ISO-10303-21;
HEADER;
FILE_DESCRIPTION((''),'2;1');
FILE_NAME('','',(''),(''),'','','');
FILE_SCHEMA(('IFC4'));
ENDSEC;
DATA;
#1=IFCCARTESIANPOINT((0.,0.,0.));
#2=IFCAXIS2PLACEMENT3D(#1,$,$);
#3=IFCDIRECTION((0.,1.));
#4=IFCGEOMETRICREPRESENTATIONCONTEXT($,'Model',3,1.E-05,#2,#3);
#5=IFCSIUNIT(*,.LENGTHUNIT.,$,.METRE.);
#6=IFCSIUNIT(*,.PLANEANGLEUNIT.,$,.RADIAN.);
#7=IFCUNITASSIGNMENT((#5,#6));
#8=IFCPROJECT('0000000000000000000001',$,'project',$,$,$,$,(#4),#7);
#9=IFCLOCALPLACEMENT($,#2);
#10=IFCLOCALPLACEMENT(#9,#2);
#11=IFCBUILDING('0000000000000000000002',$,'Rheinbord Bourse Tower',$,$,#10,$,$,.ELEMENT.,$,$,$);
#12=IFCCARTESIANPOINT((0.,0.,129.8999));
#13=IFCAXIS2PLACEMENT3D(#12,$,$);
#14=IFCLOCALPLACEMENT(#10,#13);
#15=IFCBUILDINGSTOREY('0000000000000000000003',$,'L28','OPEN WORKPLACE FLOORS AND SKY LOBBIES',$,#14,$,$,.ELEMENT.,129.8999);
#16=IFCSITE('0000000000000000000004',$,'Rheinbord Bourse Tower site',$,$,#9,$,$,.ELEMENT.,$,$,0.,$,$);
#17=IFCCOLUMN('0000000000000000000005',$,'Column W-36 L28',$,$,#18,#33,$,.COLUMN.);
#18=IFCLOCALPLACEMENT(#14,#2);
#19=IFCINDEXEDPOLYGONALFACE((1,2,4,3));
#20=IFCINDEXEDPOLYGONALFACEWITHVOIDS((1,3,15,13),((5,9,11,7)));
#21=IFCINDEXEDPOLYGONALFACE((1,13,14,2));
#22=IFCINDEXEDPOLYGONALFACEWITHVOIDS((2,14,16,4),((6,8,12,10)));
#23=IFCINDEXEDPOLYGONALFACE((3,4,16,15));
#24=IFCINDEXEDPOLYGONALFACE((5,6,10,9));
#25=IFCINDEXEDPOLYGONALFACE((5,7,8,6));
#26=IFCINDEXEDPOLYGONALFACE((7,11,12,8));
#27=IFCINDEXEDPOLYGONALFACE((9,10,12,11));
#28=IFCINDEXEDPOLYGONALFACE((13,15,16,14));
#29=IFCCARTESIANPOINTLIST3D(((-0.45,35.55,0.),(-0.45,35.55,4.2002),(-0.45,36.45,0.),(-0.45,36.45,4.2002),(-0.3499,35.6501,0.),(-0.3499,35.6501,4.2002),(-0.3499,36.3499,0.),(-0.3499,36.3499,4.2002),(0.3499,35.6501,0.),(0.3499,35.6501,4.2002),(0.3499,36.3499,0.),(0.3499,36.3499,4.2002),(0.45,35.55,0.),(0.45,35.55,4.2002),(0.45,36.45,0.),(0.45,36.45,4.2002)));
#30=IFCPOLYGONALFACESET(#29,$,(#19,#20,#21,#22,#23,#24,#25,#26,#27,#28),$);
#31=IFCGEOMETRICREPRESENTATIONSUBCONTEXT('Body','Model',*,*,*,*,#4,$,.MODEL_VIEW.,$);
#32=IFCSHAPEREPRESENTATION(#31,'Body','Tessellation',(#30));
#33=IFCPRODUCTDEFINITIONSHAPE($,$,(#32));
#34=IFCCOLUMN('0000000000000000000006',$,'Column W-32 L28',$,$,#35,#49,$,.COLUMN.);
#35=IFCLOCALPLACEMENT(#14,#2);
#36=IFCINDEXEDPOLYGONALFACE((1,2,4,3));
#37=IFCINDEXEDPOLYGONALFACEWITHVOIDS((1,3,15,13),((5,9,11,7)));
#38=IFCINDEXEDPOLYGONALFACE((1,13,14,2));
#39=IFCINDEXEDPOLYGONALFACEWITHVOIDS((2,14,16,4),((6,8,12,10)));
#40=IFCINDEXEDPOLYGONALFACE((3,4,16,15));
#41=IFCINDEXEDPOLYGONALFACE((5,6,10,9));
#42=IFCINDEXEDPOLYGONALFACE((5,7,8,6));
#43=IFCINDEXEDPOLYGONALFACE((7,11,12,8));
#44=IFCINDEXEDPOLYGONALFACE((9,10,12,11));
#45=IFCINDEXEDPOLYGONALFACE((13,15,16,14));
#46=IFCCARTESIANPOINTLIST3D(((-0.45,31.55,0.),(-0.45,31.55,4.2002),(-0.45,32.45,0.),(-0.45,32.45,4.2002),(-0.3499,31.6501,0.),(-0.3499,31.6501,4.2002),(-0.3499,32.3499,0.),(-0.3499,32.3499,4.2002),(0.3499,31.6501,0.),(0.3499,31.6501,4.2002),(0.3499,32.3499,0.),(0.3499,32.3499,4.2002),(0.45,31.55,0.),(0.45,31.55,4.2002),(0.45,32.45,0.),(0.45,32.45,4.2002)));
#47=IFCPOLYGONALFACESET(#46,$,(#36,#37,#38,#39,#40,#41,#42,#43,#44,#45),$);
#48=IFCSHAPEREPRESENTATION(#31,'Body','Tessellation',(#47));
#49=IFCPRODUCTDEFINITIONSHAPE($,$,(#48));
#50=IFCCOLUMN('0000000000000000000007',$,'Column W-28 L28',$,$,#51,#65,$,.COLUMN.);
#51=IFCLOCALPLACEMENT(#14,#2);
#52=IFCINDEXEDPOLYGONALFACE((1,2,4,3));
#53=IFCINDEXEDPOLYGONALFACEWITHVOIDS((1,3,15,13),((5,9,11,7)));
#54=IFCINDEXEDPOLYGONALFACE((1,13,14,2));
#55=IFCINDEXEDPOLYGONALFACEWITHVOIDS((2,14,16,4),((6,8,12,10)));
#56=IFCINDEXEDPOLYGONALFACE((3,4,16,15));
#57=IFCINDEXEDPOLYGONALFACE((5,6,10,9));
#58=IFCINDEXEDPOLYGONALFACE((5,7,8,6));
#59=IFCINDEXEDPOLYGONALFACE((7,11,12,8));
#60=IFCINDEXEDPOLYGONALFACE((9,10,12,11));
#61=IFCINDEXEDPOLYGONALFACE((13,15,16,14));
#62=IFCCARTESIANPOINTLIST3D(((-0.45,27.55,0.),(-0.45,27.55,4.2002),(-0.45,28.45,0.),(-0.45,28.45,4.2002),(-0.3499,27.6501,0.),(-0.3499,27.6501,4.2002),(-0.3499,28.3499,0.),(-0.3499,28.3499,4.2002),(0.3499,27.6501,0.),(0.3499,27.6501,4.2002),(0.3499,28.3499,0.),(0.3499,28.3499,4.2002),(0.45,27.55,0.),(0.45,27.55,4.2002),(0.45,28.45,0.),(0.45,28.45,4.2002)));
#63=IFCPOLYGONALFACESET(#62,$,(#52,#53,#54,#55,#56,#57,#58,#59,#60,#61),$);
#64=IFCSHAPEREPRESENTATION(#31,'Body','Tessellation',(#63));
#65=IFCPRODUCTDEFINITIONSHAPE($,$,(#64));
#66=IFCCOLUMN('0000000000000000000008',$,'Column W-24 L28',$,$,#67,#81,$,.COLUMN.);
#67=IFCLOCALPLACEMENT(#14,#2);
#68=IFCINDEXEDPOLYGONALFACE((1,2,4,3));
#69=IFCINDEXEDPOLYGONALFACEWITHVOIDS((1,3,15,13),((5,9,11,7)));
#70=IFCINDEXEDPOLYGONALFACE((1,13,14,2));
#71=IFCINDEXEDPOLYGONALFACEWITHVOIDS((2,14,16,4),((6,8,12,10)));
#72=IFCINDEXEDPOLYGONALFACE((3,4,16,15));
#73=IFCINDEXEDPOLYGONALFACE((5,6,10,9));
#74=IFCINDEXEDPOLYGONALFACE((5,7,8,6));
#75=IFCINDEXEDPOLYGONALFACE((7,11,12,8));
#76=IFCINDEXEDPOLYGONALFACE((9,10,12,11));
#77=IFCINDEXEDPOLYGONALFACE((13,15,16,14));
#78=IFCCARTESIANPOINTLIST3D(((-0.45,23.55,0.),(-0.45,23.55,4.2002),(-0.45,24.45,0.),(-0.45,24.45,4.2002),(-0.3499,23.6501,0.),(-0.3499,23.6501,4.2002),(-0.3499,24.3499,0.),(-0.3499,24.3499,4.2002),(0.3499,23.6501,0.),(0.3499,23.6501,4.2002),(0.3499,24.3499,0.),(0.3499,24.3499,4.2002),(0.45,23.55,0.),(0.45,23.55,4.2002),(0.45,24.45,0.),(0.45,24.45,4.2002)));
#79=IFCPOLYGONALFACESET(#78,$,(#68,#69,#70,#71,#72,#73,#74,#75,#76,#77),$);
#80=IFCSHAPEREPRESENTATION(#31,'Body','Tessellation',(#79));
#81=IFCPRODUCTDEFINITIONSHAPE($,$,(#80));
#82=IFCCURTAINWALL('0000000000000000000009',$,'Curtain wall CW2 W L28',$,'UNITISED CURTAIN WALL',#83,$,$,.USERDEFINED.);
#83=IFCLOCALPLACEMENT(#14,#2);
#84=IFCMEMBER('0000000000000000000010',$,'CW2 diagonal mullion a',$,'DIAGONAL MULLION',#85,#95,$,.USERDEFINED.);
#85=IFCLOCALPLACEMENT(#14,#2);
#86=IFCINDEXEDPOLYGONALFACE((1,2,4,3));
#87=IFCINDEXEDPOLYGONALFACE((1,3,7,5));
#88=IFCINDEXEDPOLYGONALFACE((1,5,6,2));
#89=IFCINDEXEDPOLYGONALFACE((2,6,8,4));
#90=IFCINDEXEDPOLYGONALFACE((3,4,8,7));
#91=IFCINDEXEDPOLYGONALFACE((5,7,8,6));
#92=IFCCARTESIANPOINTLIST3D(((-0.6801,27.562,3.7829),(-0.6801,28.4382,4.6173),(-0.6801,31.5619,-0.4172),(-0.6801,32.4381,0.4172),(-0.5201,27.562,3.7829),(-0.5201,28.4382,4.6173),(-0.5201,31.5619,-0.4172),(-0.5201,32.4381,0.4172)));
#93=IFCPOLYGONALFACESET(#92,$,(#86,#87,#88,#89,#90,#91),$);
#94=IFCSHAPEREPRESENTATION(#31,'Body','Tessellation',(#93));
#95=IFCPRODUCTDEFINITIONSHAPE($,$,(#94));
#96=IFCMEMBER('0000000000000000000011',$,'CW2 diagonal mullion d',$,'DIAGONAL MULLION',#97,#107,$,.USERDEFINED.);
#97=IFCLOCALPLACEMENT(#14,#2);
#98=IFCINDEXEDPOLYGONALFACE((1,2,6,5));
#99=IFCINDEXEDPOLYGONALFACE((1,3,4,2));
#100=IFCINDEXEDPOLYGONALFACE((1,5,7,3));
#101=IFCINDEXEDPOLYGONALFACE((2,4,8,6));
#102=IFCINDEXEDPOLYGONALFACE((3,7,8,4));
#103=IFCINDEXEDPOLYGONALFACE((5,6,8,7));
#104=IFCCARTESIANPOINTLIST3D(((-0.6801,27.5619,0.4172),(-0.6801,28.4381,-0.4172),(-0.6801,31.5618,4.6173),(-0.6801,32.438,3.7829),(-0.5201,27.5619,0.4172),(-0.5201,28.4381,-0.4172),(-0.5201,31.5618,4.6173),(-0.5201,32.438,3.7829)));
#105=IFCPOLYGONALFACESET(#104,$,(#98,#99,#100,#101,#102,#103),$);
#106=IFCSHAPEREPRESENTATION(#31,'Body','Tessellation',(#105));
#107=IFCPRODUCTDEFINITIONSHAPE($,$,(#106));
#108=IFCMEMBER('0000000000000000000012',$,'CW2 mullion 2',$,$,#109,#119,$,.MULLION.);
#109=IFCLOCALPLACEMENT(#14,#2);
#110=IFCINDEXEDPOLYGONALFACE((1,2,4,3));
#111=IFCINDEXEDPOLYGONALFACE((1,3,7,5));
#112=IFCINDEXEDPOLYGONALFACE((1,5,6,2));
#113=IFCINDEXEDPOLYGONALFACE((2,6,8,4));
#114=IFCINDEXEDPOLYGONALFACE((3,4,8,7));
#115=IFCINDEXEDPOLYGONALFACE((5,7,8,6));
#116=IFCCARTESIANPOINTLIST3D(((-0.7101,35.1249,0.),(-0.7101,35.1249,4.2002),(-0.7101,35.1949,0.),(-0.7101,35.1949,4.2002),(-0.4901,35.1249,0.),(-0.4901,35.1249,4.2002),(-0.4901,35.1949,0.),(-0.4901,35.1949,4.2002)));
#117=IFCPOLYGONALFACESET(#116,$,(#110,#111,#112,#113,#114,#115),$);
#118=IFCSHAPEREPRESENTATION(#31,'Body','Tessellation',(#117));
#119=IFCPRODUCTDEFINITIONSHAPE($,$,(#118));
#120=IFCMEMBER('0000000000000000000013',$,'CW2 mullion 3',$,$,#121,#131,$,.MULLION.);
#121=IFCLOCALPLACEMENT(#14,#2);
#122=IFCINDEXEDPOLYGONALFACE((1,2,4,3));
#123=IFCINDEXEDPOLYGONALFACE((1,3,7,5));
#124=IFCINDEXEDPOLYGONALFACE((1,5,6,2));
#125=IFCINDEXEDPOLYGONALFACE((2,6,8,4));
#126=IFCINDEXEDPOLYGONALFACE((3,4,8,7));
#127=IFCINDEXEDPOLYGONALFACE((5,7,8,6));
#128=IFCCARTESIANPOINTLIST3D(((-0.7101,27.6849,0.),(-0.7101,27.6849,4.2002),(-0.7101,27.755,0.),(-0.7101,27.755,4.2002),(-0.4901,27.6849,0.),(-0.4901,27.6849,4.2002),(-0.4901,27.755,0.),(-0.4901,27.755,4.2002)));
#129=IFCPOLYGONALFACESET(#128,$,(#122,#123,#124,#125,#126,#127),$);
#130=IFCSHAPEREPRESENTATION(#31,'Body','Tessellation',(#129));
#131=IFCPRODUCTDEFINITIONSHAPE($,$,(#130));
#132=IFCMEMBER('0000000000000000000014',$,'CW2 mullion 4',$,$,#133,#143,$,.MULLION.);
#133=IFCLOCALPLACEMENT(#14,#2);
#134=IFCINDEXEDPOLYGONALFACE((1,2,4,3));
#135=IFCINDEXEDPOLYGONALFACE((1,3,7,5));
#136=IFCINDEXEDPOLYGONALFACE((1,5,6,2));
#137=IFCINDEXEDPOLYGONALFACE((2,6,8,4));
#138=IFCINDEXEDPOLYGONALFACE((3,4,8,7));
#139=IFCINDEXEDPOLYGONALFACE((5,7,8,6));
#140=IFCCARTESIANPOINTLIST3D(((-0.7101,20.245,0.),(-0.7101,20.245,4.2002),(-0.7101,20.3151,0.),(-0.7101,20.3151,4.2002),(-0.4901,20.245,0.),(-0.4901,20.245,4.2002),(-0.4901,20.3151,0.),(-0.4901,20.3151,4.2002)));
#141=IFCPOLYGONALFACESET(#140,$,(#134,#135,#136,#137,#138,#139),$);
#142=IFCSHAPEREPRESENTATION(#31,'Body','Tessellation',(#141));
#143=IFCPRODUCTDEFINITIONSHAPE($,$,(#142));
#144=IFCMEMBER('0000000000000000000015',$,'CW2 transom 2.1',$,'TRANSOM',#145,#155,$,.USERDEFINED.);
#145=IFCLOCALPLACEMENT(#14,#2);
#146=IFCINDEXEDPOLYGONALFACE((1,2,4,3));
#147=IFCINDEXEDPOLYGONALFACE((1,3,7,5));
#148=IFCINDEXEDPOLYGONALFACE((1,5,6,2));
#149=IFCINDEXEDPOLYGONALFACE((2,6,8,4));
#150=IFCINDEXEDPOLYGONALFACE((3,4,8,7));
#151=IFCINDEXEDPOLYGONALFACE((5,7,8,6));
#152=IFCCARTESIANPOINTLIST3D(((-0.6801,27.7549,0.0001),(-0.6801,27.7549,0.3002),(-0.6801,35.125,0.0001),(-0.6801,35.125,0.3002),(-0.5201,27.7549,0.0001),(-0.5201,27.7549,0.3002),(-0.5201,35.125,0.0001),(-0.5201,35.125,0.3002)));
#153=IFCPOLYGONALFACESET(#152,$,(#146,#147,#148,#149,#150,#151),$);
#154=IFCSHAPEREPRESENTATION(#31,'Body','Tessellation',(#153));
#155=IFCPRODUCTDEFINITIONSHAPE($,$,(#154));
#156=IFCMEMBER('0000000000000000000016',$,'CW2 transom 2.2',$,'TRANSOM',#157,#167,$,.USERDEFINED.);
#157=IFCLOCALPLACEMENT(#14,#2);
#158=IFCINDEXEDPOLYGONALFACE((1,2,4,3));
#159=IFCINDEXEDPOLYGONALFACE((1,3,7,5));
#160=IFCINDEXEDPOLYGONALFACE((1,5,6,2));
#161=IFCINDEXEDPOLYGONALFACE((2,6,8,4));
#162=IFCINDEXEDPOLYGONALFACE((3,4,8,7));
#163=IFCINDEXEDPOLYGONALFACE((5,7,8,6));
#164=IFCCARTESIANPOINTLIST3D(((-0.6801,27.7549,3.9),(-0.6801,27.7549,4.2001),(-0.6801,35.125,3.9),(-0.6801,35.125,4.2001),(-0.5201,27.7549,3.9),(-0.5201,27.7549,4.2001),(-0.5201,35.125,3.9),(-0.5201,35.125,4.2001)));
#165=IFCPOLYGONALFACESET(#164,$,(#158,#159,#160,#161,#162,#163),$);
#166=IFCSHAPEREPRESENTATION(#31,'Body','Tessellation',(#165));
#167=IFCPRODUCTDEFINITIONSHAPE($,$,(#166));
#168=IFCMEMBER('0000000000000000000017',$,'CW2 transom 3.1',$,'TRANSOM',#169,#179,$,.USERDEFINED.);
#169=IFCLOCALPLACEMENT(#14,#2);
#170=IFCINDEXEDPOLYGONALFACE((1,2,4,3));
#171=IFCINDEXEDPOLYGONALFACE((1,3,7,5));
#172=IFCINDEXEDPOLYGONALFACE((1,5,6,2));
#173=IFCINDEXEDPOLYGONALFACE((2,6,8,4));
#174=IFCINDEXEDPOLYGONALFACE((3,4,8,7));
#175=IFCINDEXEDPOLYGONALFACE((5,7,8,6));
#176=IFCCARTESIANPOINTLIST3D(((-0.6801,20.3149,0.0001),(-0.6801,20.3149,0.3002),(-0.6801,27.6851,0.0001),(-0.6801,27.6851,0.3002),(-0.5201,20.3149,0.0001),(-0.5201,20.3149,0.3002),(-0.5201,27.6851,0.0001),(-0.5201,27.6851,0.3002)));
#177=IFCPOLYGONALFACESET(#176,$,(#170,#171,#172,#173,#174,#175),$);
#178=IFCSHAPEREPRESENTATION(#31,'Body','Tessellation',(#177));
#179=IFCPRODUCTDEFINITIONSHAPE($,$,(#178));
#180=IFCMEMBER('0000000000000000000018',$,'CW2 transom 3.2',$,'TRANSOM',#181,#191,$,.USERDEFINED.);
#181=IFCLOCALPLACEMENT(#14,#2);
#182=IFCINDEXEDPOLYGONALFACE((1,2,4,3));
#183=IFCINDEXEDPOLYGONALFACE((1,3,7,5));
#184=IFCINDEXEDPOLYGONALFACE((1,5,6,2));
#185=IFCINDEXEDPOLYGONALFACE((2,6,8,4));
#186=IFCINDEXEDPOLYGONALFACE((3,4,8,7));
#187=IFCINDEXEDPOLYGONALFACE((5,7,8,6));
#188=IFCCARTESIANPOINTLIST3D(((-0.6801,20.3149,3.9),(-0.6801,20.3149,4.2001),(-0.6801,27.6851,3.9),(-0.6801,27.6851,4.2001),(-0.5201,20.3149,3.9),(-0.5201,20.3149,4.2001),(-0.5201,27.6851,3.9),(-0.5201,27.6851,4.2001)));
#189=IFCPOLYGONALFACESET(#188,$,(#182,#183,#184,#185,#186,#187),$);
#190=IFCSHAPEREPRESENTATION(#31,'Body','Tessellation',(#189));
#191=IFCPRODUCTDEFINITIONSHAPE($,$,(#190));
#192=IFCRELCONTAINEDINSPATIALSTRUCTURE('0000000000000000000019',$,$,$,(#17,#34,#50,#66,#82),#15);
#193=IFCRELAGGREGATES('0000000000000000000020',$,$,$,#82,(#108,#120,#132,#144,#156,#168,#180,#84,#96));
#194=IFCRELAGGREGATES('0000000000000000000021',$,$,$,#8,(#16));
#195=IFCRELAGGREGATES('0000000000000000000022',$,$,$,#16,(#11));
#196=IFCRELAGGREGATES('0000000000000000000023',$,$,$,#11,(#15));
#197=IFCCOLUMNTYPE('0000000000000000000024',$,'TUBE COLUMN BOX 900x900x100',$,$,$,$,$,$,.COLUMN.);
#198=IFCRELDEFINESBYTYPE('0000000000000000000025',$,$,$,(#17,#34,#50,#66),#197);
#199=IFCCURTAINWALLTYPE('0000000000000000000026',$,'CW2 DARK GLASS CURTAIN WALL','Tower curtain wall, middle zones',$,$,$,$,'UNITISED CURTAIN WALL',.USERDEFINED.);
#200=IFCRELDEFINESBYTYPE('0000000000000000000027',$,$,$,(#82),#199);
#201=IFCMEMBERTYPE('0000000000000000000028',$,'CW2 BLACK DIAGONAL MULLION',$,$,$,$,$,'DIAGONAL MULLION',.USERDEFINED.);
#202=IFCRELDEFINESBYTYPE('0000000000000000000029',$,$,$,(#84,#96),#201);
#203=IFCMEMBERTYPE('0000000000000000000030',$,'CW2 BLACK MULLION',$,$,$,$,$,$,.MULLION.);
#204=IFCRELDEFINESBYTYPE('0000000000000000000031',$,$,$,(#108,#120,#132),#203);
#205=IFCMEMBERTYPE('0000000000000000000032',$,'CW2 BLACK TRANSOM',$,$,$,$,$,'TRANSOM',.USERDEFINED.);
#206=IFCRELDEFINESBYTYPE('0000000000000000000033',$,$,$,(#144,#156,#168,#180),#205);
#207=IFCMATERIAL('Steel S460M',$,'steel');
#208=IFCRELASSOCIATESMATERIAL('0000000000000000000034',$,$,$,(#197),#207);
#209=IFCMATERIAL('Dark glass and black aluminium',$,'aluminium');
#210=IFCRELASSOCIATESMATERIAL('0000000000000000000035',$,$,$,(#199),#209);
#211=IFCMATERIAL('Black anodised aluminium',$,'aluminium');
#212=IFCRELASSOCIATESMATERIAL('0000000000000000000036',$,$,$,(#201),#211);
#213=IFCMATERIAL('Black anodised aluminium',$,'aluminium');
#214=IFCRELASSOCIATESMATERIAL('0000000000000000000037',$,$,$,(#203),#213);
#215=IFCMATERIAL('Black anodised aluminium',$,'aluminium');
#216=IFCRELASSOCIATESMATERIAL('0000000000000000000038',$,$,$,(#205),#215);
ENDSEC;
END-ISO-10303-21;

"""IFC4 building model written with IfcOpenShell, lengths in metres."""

from ifc_helpers import new_model, si_unit, direction, frame, origin, origin_2d, place, context, subcontext, project, spatial, rectangle, hollow_rectangle, extrude, material, material_profile, profile_set, type_object, element, aggregate, save


model = new_model("IFC4")

# Units and contexts
model_context = context("Model", 3, precision=1e-05, world=origin(), true_north=direction((0.0, 1.0)))
body_context = subcontext(model_context, "Body", "Model", "MODEL_VIEW")
ifc_project = project(units=[si_unit("LENGTHUNIT", "METRE"), si_unit("PLANEANGLEUNIT", "RADIAN")], contexts=[model_context])

# Site, building, storey
site_placement = place(None, origin())
site = spatial("IfcSite", under=ifc_project, at=site_placement, Name="Rheinbord Bourse Tower site", CompositionType="ELEMENT", RefElevation=0.0)
building_placement = place(site_placement, origin())
building = spatial("IfcBuilding", under=site, at=building_placement, Name="Rheinbord Bourse Tower", CompositionType="ELEMENT")
storey_placement = place(building_placement, frame((0.0, 0.0, 129.8999)))
storey = spatial("IfcBuildingStorey", under=building, at=storey_placement, Name="L28", Description="OPEN WORKPLACE FLOORS AND SKY LOBBIES", CompositionType="ELEMENT", Elevation=129.8999)

# Columns
ifc_material_1 = material(Name="Steel S460M", Category="steel")
ifc_material_profile_1 = material_profile(ifc_material_1, hollow_rectangle(XDim=0.8999, YDim=0.8999, WallThickness=0.1001, at=origin_2d()), Name="BOX 900x900x100")
ifc_profile_set_1 = profile_set([ifc_material_profile_1], Name="Steel S460M")
column_type = type_object("IfcColumnType", Name="TUBE COLUMN BOX 900x900x100", PredefinedType="COLUMN", material=ifc_profile_set_1)
for number, where, z_axis, x_axis, name in (
    (1, (0.0, 36.0, 0.0), (0.0, 0.0, 1.0), (1.0, 0.0, 0.0), "Column W-36 L28"),
    (2, (0.0, 32.0, 0.0), (0.0, 0.0, 1.0), (1.0, 0.0, 0.0), "Column W-32 L28"),
    (3, (0.0, 28.0, 0.0), (0.0, 0.0, 1.0), (1.0, 0.0, 0.0), "Column W-28 L28"),
    (4, (0.0, 24.0, 0.0), (0.0, 0.0, 1.0), (1.0, 0.0, 0.0), "Column W-24 L28"),
):
    element("IfcColumn", number, at=place(storey_placement, frame(where, z_axis=z_axis, x_axis=x_axis)), inside=storey, type_object=column_type, Name=name, PredefinedType="COLUMN", context=body_context, shape_type="SweptSolid", body=[
        extrude(hollow_rectangle(XDim=0.8999, YDim=0.8999, WallThickness=0.1001, at=origin_2d()), origin(), (0.0, 0.0, 1.0), 4.2002),
    ])

# Curtain wall, members
ifc_material_2 = material(Name="Dark glass and black aluminium", Category="aluminium")
curtain_wall_type = type_object("IfcCurtainWallType", Name="CW2 DARK GLASS CURTAIN WALL", Description="Tower curtain wall, middle zones", ElementType="UNITISED CURTAIN WALL", PredefinedType="USERDEFINED", material=ifc_material_2)
curtain_wall_placement = place(storey_placement, origin())
curtain_wall = element("IfcCurtainWall", 5, at=curtain_wall_placement, inside=storey, type_object=curtain_wall_type, Name="Curtain wall CW2 W L28", ObjectType="UNITISED CURTAIN WALL", PredefinedType="USERDEFINED")
ifc_material_3 = material(Name="Black anodised aluminium", Category="aluminium")
ifc_material_profile_2 = material_profile(ifc_material_3, rectangle(XDim=0.1599, YDim=1.21, at=origin_2d()), Name="CW2 DIAGONAL MULLION 1210x160")
ifc_profile_set_2 = profile_set([ifc_material_profile_2], Name="Black anodised aluminium")
member_type_1 = type_object("IfcMemberType", Name="CW2 BLACK DIAGONAL MULLION", ElementType="DIAGONAL MULLION", PredefinedType="USERDEFINED", material=ifc_profile_set_2)
member_1_placement = place(storey_placement, frame((-0.6001, 32.0, 0.0), z_axis=(0.0, -0.689638, 0.724154), x_axis=(1.0, 0.0, 0.0)))
member_1 = element("IfcMember", 6, at=member_1_placement, type_object=member_type_1, Name="CW2 diagonal mullion a", ObjectType="DIAGONAL MULLION", PredefinedType="USERDEFINED", context=body_context, shape_type="SweptSolid", body=[
    extrude(rectangle(XDim=0.1599, YDim=1.21, at=origin_2d()), origin(), (0.0, 0.0, 1.0), 5.8),
])
member_2_placement = place(storey_placement, frame((-0.6001, 28.0, 0.0), z_axis=(0.0, 0.689638, 0.724154), x_axis=(-1.0, 0.0, 0.0)))
member_2 = element("IfcMember", 7, at=member_2_placement, type_object=member_type_1, Name="CW2 diagonal mullion d", ObjectType="DIAGONAL MULLION", PredefinedType="USERDEFINED", context=body_context, shape_type="SweptSolid", body=[
    extrude(rectangle(XDim=0.1599, YDim=1.21, at=origin_2d()), origin(), (0.0, 0.0, 1.0), 5.8),
])
ifc_material_4 = material(Name="Black anodised aluminium", Category="aluminium")
ifc_material_profile_3 = material_profile(ifc_material_4, rectangle(XDim=0.22, YDim=0.0701, at=origin_2d()), Name="CW2 MULLION 70x220")
ifc_profile_set_3 = profile_set([ifc_material_profile_3], Name="Black anodised aluminium")
member_type_2 = type_object("IfcMemberType", Name="CW2 BLACK MULLION", PredefinedType="MULLION", material=ifc_profile_set_3)
member_3_placement = place(storey_placement, frame((-0.6001, 35.1599, 0.0), z_axis=(0.0, 0.0, 1.0), x_axis=(1.0, 0.0, 0.0)))
member_3 = element("IfcMember", 8, at=member_3_placement, type_object=member_type_2, Name="CW2 mullion 2", PredefinedType="MULLION", context=body_context, shape_type="SweptSolid", body=[
    extrude(rectangle(XDim=0.22, YDim=0.0701, at=origin_2d()), origin(), (0.0, 0.0, 1.0), 4.2002),
])
member_4_placement = place(storey_placement, frame((-0.6001, 27.72, 0.0), z_axis=(0.0, 0.0, 1.0), x_axis=(1.0, 0.0, 0.0)))
member_4 = element("IfcMember", 9, at=member_4_placement, type_object=member_type_2, Name="CW2 mullion 3", PredefinedType="MULLION", context=body_context, shape_type="SweptSolid", body=[
    extrude(rectangle(XDim=0.22, YDim=0.0701, at=origin_2d()), origin(), (0.0, 0.0, 1.0), 4.2002),
])
member_5_placement = place(storey_placement, frame((-0.6001, 20.28, 0.0), z_axis=(0.0, 0.0, 1.0), x_axis=(1.0, 0.0, 0.0)))
member_5 = element("IfcMember", 10, at=member_5_placement, type_object=member_type_2, Name="CW2 mullion 4", PredefinedType="MULLION", context=body_context, shape_type="SweptSolid", body=[
    extrude(rectangle(XDim=0.22, YDim=0.0701, at=origin_2d()), origin(), (0.0, 0.0, 1.0), 4.2002),
])
ifc_material_5 = material(Name="Black anodised aluminium", Category="aluminium")
ifc_material_profile_4 = material_profile(ifc_material_5, rectangle(XDim=0.1599, YDim=0.3, at=origin_2d()), Name="CW2 TRANSOM 300x160")
ifc_profile_set_4 = profile_set([ifc_material_profile_4], Name="Black anodised aluminium")
member_type_3 = type_object("IfcMemberType", Name="CW2 BLACK TRANSOM", ElementType="TRANSOM", PredefinedType="USERDEFINED", material=ifc_profile_set_4)
member_6_placement = place(storey_placement, frame((-0.6001, 35.125, 0.1501), z_axis=(0.0, -1.0, 0.0), x_axis=(1.0, 0.0, 0.0)))
member_6 = element("IfcMember", 11, at=member_6_placement, type_object=member_type_3, Name="CW2 transom 2.1", ObjectType="TRANSOM", PredefinedType="USERDEFINED", context=body_context, shape_type="SweptSolid", body=[
    extrude(rectangle(XDim=0.1599, YDim=0.3, at=origin_2d()), origin(), (0.0, 0.0, 1.0), 7.3701),
])
member_7_placement = place(storey_placement, frame((-0.6001, 35.125, 4.05), z_axis=(0.0, -1.0, 0.0), x_axis=(1.0, 0.0, 0.0)))
member_7 = element("IfcMember", 12, at=member_7_placement, type_object=member_type_3, Name="CW2 transom 2.2", ObjectType="TRANSOM", PredefinedType="USERDEFINED", context=body_context, shape_type="SweptSolid", body=[
    extrude(rectangle(XDim=0.1599, YDim=0.3, at=origin_2d()), origin(), (0.0, 0.0, 1.0), 7.3701),
])
member_8_placement = place(storey_placement, frame((-0.6001, 27.6851, 0.1501), z_axis=(0.0, -1.0, 0.0), x_axis=(1.0, 0.0, 0.0)))
member_8 = element("IfcMember", 13, at=member_8_placement, type_object=member_type_3, Name="CW2 transom 3.1", ObjectType="TRANSOM", PredefinedType="USERDEFINED", context=body_context, shape_type="SweptSolid", body=[
    extrude(rectangle(XDim=0.1599, YDim=0.3, at=origin_2d()), origin(), (0.0, 0.0, 1.0), 7.3701),
])
member_9_placement = place(storey_placement, frame((-0.6001, 27.6851, 4.05), z_axis=(0.0, -1.0, 0.0), x_axis=(1.0, 0.0, 0.0)))
member_9 = element("IfcMember", 14, at=member_9_placement, type_object=member_type_3, Name="CW2 transom 3.2", ObjectType="TRANSOM", PredefinedType="USERDEFINED", context=body_context, shape_type="SweptSolid", body=[
    extrude(rectangle(XDim=0.1599, YDim=0.3, at=origin_2d()), origin(), (0.0, 0.0, 1.0), 7.3701),
])

aggregate(curtain_wall, [member_3, member_4, member_5, member_6, member_7, member_8, member_9, member_1, member_2])

save(model, "model.ifc")
